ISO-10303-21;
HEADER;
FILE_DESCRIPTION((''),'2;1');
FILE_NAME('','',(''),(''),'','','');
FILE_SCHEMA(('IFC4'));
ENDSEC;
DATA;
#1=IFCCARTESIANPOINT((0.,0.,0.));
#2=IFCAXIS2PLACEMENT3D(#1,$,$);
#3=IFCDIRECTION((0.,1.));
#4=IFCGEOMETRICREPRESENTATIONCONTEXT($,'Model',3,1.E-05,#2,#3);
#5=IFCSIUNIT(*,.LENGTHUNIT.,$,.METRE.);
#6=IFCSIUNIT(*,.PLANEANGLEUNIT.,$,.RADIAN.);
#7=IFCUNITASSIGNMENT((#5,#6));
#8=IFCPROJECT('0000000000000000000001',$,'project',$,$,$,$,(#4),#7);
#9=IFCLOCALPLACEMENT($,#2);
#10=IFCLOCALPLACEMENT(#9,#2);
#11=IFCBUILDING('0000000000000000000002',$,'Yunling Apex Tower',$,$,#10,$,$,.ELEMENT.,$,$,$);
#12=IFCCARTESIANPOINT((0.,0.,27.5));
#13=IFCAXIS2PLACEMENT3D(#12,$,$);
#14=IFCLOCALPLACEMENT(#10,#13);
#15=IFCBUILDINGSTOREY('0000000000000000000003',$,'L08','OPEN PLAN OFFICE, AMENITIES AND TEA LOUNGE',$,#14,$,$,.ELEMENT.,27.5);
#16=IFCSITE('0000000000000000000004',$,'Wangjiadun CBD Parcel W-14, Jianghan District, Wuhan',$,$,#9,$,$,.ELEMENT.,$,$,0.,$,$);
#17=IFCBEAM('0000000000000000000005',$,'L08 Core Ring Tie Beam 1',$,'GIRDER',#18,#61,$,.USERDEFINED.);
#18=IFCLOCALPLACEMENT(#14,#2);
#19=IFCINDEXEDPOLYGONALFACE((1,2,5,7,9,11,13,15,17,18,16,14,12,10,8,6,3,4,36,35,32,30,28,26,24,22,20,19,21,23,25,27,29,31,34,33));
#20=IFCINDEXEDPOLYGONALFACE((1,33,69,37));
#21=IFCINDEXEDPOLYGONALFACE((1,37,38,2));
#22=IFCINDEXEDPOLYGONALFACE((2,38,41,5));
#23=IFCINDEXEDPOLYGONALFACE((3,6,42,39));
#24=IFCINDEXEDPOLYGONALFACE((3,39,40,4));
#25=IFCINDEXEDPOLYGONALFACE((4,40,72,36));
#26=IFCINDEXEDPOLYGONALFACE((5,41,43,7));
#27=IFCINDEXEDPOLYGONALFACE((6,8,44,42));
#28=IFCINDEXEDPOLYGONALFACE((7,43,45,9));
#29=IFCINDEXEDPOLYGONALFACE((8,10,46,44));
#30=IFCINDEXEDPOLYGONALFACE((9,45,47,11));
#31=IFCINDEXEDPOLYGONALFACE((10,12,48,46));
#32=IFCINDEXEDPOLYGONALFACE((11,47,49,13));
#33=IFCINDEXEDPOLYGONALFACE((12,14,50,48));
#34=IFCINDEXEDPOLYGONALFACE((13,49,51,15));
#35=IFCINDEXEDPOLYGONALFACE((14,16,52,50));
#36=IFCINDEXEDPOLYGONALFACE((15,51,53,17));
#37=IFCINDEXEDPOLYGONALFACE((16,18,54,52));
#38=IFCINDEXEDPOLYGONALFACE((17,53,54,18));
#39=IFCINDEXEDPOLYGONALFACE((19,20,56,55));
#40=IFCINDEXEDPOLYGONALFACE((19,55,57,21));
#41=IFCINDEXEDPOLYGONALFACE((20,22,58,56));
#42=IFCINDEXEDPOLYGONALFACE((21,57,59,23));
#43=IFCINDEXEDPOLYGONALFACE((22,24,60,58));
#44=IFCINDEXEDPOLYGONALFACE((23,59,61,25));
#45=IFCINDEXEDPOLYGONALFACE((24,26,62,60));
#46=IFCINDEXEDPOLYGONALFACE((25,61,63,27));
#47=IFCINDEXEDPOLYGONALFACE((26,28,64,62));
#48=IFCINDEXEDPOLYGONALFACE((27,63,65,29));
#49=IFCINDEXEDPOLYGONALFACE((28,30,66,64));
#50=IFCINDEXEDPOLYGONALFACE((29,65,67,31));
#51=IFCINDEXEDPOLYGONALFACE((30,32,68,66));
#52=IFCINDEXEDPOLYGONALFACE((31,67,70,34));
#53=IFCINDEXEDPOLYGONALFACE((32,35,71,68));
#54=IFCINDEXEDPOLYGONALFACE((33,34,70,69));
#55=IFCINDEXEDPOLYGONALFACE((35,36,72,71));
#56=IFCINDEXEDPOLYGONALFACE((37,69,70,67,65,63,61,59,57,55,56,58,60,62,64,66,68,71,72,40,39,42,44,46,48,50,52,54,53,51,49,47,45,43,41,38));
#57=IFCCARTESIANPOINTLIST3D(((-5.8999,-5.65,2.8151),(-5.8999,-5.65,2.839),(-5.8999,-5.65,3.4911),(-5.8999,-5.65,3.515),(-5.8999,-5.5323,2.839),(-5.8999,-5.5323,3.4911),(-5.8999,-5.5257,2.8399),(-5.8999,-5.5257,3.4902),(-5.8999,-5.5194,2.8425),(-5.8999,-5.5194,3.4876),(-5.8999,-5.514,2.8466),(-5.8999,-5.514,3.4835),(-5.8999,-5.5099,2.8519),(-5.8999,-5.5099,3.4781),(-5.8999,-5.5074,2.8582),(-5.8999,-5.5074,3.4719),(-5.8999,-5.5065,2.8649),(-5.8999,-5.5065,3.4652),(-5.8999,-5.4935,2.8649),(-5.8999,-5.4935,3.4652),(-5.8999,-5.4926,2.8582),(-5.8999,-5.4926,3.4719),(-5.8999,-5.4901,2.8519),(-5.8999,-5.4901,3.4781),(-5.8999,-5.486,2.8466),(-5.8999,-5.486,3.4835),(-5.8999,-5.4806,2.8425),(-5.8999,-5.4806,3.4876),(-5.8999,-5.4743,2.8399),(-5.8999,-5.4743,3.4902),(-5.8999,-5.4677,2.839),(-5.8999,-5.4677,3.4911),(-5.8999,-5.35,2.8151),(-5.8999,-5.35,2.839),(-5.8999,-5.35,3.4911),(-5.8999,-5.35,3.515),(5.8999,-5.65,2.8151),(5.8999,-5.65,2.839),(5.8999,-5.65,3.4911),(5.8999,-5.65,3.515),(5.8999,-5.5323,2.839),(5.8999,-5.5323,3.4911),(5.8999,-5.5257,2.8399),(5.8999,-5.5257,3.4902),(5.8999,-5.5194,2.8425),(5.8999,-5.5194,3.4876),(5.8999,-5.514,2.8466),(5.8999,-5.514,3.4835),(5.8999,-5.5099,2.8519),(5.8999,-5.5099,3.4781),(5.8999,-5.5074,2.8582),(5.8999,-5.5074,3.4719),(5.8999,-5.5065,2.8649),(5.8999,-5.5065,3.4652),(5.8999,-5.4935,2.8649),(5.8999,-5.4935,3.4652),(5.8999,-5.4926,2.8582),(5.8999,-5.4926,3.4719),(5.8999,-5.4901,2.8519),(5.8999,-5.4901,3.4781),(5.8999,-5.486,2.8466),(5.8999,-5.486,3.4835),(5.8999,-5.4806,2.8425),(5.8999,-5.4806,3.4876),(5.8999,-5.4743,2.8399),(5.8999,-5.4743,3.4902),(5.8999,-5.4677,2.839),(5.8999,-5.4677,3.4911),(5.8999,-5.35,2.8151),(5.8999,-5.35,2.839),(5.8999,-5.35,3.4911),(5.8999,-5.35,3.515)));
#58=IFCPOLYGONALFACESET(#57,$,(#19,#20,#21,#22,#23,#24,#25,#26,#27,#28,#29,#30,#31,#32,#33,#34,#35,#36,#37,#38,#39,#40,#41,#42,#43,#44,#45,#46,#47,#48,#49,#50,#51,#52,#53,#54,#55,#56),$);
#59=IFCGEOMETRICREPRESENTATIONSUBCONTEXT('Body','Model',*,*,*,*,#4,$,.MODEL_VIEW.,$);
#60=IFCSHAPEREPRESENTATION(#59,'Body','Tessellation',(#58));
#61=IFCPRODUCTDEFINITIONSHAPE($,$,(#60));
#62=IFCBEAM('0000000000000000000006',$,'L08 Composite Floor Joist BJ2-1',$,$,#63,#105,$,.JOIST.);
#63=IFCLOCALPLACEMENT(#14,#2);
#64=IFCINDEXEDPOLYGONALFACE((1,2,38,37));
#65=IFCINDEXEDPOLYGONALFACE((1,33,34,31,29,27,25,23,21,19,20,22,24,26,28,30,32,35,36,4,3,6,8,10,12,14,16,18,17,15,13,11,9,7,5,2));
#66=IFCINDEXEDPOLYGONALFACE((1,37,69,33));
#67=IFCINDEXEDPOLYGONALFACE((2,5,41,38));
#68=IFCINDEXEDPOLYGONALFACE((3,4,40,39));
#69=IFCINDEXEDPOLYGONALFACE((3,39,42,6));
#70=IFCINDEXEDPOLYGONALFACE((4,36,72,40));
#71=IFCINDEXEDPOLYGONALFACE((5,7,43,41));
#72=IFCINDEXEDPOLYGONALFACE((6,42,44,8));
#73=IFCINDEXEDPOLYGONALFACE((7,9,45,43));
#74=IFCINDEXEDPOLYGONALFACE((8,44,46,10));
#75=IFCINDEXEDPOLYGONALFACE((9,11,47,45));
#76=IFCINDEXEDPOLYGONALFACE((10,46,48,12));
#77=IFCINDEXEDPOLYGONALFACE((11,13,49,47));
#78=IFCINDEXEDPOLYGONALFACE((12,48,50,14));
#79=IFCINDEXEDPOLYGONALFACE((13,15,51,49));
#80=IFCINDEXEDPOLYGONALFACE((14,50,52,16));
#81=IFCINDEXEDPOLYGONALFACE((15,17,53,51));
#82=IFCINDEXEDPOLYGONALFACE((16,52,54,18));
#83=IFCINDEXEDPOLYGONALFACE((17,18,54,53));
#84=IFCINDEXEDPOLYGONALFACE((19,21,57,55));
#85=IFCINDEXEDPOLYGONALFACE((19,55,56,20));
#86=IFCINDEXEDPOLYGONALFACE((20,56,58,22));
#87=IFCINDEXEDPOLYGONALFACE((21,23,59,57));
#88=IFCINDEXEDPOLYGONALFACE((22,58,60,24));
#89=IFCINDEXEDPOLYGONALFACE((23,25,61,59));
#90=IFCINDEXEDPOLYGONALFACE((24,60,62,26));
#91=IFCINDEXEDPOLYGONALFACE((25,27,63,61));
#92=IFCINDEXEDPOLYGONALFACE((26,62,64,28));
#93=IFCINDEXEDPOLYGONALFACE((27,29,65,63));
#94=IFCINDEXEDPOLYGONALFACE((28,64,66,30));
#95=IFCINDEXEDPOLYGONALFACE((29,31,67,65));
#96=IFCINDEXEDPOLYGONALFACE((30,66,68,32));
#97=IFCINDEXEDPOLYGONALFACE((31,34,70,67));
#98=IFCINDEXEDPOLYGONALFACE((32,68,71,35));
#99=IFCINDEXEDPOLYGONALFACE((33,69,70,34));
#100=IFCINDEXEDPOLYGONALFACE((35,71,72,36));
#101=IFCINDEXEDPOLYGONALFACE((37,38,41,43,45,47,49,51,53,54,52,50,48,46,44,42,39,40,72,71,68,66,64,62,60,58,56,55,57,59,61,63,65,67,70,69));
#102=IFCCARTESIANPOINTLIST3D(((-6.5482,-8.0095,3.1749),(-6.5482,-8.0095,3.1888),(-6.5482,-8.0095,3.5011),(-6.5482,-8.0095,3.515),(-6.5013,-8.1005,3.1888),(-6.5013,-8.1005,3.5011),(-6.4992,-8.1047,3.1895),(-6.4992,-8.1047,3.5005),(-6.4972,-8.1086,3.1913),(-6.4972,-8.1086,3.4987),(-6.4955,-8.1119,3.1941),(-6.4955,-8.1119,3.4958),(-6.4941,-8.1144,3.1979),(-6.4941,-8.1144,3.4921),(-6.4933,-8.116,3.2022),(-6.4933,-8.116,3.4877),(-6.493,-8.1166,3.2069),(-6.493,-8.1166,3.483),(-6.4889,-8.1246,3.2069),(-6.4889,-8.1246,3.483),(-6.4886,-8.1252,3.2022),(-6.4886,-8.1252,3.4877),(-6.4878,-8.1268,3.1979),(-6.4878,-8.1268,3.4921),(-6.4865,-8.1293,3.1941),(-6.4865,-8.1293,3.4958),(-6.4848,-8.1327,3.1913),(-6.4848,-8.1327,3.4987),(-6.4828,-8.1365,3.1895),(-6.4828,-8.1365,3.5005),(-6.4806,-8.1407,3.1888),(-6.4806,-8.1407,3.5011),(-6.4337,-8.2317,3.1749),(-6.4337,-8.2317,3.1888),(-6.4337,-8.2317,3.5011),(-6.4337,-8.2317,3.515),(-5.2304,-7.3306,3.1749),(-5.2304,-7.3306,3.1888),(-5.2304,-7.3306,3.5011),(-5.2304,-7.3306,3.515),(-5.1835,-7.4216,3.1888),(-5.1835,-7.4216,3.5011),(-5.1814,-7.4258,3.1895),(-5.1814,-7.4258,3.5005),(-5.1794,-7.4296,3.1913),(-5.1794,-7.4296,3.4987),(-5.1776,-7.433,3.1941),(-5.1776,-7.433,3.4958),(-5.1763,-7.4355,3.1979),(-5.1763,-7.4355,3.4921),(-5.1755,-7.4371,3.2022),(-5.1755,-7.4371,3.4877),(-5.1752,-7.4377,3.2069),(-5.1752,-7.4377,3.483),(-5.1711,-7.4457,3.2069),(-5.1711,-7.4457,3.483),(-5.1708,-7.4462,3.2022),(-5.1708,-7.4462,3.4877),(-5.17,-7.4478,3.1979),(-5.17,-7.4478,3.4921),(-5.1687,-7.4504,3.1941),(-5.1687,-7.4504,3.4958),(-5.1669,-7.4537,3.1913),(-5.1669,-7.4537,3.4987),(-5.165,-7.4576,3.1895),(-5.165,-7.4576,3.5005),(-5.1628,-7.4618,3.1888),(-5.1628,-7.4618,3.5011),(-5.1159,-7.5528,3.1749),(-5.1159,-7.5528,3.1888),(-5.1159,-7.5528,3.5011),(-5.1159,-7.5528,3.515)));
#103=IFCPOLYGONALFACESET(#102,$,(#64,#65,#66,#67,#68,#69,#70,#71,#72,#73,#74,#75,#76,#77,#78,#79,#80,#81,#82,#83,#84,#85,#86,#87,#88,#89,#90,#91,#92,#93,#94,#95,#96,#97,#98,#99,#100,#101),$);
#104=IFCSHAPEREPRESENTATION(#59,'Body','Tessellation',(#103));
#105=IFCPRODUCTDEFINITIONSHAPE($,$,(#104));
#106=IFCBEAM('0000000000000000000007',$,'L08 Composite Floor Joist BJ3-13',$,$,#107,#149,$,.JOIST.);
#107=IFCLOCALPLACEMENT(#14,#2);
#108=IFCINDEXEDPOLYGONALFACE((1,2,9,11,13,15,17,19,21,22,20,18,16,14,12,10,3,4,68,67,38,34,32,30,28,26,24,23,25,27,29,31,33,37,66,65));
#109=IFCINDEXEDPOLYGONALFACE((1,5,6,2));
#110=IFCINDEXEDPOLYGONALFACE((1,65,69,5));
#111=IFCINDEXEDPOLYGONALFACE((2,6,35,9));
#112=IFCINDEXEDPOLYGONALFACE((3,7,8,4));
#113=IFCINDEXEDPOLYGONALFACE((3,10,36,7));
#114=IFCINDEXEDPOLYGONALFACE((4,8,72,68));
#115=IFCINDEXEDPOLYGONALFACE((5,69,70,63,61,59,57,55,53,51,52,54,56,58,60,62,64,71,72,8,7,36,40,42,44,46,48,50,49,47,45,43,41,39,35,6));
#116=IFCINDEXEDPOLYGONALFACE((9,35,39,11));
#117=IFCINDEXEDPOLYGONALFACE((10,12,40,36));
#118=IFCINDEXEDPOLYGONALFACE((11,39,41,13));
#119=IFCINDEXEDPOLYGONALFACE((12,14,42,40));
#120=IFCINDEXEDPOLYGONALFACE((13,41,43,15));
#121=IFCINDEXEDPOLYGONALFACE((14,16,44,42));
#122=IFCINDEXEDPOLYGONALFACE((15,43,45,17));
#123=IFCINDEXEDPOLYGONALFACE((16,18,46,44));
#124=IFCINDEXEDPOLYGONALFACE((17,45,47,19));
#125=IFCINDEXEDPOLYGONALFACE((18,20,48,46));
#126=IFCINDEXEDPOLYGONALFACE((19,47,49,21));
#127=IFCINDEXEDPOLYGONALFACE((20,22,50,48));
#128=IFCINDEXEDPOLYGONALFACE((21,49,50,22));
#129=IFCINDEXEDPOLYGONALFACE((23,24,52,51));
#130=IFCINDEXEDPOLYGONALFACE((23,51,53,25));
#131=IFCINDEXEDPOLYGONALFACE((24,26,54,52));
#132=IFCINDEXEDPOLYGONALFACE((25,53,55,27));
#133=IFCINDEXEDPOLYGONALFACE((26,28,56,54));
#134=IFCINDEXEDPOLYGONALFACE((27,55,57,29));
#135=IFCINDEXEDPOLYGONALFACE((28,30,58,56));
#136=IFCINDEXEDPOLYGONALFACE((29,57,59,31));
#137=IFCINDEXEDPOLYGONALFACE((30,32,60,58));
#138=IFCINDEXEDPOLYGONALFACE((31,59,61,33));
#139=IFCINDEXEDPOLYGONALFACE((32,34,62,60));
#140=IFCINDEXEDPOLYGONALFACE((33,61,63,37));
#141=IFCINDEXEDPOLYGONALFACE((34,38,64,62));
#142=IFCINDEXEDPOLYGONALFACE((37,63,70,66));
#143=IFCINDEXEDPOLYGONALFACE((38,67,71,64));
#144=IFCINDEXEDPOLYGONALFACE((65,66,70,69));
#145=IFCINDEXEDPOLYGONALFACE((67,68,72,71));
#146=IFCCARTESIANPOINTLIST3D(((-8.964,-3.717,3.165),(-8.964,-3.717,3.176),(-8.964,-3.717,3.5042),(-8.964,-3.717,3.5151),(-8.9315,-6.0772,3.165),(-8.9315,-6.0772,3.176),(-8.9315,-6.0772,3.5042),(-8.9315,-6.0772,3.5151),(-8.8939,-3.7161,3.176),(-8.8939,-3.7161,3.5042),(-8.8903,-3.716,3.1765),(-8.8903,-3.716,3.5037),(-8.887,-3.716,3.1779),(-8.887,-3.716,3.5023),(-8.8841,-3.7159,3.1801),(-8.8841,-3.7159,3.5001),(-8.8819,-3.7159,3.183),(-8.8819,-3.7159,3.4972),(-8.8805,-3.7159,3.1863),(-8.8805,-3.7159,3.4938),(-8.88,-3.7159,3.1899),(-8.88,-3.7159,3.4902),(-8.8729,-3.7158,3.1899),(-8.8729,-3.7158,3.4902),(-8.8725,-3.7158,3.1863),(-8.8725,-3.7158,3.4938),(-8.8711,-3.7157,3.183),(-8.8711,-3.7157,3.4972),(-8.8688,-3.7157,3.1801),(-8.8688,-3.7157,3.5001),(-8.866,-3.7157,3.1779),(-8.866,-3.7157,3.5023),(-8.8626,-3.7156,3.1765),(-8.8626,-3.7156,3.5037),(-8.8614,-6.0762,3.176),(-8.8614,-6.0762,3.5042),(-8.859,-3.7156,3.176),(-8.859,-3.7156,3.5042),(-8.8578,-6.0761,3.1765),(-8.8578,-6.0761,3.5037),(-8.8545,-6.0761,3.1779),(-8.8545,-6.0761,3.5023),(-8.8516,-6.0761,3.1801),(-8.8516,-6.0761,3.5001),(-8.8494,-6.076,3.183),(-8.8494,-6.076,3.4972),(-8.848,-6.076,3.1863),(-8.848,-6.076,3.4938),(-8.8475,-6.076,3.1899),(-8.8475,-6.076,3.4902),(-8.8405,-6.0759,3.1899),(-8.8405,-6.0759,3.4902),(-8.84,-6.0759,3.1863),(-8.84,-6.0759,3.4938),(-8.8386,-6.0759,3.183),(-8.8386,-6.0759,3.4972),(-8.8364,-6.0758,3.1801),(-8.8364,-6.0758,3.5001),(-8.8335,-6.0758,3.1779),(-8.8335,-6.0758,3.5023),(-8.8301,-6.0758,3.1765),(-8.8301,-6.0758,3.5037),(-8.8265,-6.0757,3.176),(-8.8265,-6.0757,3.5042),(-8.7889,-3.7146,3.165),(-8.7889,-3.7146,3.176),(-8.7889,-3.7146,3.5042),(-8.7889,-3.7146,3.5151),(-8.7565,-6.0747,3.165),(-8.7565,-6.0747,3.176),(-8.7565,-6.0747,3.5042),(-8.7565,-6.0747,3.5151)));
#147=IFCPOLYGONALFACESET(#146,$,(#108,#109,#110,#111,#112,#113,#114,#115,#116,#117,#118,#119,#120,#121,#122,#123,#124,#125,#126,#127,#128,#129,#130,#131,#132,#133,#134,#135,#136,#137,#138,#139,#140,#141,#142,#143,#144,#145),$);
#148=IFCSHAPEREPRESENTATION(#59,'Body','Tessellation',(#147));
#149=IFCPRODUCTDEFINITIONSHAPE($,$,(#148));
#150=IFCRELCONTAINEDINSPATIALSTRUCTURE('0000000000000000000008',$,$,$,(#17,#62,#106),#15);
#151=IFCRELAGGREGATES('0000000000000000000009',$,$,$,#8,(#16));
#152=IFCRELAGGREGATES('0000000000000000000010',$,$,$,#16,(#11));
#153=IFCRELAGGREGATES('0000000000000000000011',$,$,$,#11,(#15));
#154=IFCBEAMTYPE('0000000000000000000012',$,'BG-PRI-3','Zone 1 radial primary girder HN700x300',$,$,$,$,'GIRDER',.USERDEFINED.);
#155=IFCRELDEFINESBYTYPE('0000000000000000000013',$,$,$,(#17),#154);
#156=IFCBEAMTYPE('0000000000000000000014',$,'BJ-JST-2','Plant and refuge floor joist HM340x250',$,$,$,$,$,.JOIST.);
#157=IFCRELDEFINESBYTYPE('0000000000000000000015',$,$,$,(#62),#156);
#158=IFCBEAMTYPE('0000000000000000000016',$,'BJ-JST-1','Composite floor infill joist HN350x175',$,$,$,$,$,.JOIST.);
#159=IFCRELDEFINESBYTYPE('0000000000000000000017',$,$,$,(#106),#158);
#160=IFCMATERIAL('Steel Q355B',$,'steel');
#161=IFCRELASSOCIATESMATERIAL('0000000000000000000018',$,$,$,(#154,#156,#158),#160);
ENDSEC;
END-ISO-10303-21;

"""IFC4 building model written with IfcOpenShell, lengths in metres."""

from ifc_helpers import new_model, si_unit, direction, frame, origin, origin_2d, place, context, subcontext, project, spatial, i_section, extrude, source, transform, mapped, material, material_profile, profile_set, type_object, element, save


model = new_model("IFC4")

# Units and contexts
model_context = context("Model", 3, precision=1e-05, world=origin(), true_north=direction((0.0, 1.0)))
body_context = subcontext(model_context, "Body", "Model", "MODEL_VIEW")
ifc_project = project(units=[si_unit("LENGTHUNIT", "METRE"), si_unit("PLANEANGLEUNIT", "RADIAN")], contexts=[model_context])

# Site, building, storey
site_placement = place(None, origin())
site = spatial("IfcSite", under=ifc_project, at=site_placement, Name="Wangjiadun CBD Parcel W-14, Jianghan District, Wuhan", CompositionType="ELEMENT", RefElevation=0.0)
building_placement = place(site_placement, origin())
building = spatial("IfcBuilding", under=site, at=building_placement, Name="Yunling Apex Tower", CompositionType="ELEMENT")
storey_placement = place(building_placement, frame((0.0, 0.0, 27.5)))
storey = spatial("IfcBuildingStorey", under=building, at=storey_placement, Name="L08", Description="OPEN PLAN OFFICE, AMENITIES AND TEA LOUNGE", CompositionType="ELEMENT", Elevation=27.5)

# Beams
ifc_material_1 = material(Name="Steel Q355B", Category="steel")
ifc_material_profile_1 = material_profile(ifc_material_1, i_section(OverallWidth=0.3, OverallDepth=0.7, WebThickness=0.0129, FlangeThickness=0.0239, FilletRadius=0.0259, at=origin_2d()))
ifc_profile_set_1 = profile_set([ifc_material_profile_1], Name="Steel Q355B")
beam_type_1 = type_object("IfcBeamType", Name="BG-PRI-3", Description="Zone 1 radial primary girder HN700x300", ElementType="GIRDER", PredefinedType="USERDEFINED", material=ifc_profile_set_1)
shared_shape_1 = source(origin(), body_context, "Body", "SweptSolid", [
    extrude(i_section(OverallWidth=0.3, OverallDepth=0.7, WebThickness=0.0129, FlangeThickness=0.0239, FilletRadius=0.0259, at=origin_2d()), origin(), (0.0, 0.0, 1.0), 11.7998),
])
beam_1_placement = place(storey_placement, frame((-5.8999, -5.5, 3.165), z_axis=(1.0, 0.0, 0.0), x_axis=(0.0, 1.0, 0.0)))
element("IfcBeam", 1, at=beam_1_placement, inside=storey, type_object=beam_type_1, Name="L08 Core Ring Tie Beam 1", ObjectType="GIRDER", PredefinedType="USERDEFINED", context=body_context, shape_type="MappedRepresentation", body=[
    mapped(shared_shape_1, transform((0.0, 0.0, 0.0), scale=1.0)),
])
ifc_material_profile_2 = material_profile(ifc_material_1, i_section(OverallWidth=0.25, OverallDepth=0.3401, WebThickness=0.009, FlangeThickness=0.0139, FilletRadius=0.0181, at=origin_2d()))
ifc_profile_set_2 = profile_set([ifc_material_profile_2], Name="Steel Q355B")
beam_type_2 = type_object("IfcBeamType", Name="BJ-JST-2", Description="Plant and refuge floor joist HM340x250", PredefinedType="JOIST", material=ifc_profile_set_2)
shared_shape_2 = source(origin(), body_context, "Body", "SweptSolid", [
    extrude(i_section(OverallWidth=0.25, OverallDepth=0.3401, WebThickness=0.009, FlangeThickness=0.0139, FilletRadius=0.0181, at=origin_2d()), origin(), (0.0, 0.0, 1.0), 1.4824),
])
beam_2_placement = place(storey_placement, frame((-6.491, -8.1206, 3.345), z_axis=(0.88896, 0.457984, 0.0), x_axis=(-0.457984, 0.88896, 0.0)))
element("IfcBeam", 2, at=beam_2_placement, inside=storey, type_object=beam_type_2, Name="L08 Composite Floor Joist BJ2-1", PredefinedType="JOIST", context=body_context, shape_type="MappedRepresentation", body=[
    mapped(shared_shape_2, transform((0.0, 0.0, 0.0), scale=1.0)),
])
ifc_material_profile_3 = material_profile(ifc_material_1, i_section(OverallWidth=0.175, OverallDepth=0.3501, WebThickness=0.0071, FlangeThickness=0.011, FilletRadius=0.0139, at=origin_2d()))
ifc_profile_set_3 = profile_set([ifc_material_profile_3], Name="Steel Q355B")
beam_type_3 = type_object("IfcBeamType", Name="BJ-JST-1", Description="Composite floor infill joist HN350x175", PredefinedType="JOIST", material=ifc_profile_set_3)
shared_shape_3 = source(origin(), body_context, "Body", "SweptSolid", [
    extrude(i_section(OverallWidth=0.175, OverallDepth=0.3501, WebThickness=0.0071, FlangeThickness=0.011, FilletRadius=0.0139, at=origin_2d()), origin(), (0.0, 0.0, 1.0), 2.3604),
])
beam_3_placement = place(storey_placement, frame((-8.8765, -3.7158, 3.3401), z_axis=(0.013757, -0.999905, 0.0), x_axis=(0.999905, 0.013757, 0.0)))
element("IfcBeam", 3, at=beam_3_placement, inside=storey, type_object=beam_type_3, Name="L08 Composite Floor Joist BJ3-13", PredefinedType="JOIST", context=body_context, shape_type="MappedRepresentation", body=[
    mapped(shared_shape_3, transform((0.0, 0.0, 0.0), scale=1.0)),
])

save(model, "model.ifc")
